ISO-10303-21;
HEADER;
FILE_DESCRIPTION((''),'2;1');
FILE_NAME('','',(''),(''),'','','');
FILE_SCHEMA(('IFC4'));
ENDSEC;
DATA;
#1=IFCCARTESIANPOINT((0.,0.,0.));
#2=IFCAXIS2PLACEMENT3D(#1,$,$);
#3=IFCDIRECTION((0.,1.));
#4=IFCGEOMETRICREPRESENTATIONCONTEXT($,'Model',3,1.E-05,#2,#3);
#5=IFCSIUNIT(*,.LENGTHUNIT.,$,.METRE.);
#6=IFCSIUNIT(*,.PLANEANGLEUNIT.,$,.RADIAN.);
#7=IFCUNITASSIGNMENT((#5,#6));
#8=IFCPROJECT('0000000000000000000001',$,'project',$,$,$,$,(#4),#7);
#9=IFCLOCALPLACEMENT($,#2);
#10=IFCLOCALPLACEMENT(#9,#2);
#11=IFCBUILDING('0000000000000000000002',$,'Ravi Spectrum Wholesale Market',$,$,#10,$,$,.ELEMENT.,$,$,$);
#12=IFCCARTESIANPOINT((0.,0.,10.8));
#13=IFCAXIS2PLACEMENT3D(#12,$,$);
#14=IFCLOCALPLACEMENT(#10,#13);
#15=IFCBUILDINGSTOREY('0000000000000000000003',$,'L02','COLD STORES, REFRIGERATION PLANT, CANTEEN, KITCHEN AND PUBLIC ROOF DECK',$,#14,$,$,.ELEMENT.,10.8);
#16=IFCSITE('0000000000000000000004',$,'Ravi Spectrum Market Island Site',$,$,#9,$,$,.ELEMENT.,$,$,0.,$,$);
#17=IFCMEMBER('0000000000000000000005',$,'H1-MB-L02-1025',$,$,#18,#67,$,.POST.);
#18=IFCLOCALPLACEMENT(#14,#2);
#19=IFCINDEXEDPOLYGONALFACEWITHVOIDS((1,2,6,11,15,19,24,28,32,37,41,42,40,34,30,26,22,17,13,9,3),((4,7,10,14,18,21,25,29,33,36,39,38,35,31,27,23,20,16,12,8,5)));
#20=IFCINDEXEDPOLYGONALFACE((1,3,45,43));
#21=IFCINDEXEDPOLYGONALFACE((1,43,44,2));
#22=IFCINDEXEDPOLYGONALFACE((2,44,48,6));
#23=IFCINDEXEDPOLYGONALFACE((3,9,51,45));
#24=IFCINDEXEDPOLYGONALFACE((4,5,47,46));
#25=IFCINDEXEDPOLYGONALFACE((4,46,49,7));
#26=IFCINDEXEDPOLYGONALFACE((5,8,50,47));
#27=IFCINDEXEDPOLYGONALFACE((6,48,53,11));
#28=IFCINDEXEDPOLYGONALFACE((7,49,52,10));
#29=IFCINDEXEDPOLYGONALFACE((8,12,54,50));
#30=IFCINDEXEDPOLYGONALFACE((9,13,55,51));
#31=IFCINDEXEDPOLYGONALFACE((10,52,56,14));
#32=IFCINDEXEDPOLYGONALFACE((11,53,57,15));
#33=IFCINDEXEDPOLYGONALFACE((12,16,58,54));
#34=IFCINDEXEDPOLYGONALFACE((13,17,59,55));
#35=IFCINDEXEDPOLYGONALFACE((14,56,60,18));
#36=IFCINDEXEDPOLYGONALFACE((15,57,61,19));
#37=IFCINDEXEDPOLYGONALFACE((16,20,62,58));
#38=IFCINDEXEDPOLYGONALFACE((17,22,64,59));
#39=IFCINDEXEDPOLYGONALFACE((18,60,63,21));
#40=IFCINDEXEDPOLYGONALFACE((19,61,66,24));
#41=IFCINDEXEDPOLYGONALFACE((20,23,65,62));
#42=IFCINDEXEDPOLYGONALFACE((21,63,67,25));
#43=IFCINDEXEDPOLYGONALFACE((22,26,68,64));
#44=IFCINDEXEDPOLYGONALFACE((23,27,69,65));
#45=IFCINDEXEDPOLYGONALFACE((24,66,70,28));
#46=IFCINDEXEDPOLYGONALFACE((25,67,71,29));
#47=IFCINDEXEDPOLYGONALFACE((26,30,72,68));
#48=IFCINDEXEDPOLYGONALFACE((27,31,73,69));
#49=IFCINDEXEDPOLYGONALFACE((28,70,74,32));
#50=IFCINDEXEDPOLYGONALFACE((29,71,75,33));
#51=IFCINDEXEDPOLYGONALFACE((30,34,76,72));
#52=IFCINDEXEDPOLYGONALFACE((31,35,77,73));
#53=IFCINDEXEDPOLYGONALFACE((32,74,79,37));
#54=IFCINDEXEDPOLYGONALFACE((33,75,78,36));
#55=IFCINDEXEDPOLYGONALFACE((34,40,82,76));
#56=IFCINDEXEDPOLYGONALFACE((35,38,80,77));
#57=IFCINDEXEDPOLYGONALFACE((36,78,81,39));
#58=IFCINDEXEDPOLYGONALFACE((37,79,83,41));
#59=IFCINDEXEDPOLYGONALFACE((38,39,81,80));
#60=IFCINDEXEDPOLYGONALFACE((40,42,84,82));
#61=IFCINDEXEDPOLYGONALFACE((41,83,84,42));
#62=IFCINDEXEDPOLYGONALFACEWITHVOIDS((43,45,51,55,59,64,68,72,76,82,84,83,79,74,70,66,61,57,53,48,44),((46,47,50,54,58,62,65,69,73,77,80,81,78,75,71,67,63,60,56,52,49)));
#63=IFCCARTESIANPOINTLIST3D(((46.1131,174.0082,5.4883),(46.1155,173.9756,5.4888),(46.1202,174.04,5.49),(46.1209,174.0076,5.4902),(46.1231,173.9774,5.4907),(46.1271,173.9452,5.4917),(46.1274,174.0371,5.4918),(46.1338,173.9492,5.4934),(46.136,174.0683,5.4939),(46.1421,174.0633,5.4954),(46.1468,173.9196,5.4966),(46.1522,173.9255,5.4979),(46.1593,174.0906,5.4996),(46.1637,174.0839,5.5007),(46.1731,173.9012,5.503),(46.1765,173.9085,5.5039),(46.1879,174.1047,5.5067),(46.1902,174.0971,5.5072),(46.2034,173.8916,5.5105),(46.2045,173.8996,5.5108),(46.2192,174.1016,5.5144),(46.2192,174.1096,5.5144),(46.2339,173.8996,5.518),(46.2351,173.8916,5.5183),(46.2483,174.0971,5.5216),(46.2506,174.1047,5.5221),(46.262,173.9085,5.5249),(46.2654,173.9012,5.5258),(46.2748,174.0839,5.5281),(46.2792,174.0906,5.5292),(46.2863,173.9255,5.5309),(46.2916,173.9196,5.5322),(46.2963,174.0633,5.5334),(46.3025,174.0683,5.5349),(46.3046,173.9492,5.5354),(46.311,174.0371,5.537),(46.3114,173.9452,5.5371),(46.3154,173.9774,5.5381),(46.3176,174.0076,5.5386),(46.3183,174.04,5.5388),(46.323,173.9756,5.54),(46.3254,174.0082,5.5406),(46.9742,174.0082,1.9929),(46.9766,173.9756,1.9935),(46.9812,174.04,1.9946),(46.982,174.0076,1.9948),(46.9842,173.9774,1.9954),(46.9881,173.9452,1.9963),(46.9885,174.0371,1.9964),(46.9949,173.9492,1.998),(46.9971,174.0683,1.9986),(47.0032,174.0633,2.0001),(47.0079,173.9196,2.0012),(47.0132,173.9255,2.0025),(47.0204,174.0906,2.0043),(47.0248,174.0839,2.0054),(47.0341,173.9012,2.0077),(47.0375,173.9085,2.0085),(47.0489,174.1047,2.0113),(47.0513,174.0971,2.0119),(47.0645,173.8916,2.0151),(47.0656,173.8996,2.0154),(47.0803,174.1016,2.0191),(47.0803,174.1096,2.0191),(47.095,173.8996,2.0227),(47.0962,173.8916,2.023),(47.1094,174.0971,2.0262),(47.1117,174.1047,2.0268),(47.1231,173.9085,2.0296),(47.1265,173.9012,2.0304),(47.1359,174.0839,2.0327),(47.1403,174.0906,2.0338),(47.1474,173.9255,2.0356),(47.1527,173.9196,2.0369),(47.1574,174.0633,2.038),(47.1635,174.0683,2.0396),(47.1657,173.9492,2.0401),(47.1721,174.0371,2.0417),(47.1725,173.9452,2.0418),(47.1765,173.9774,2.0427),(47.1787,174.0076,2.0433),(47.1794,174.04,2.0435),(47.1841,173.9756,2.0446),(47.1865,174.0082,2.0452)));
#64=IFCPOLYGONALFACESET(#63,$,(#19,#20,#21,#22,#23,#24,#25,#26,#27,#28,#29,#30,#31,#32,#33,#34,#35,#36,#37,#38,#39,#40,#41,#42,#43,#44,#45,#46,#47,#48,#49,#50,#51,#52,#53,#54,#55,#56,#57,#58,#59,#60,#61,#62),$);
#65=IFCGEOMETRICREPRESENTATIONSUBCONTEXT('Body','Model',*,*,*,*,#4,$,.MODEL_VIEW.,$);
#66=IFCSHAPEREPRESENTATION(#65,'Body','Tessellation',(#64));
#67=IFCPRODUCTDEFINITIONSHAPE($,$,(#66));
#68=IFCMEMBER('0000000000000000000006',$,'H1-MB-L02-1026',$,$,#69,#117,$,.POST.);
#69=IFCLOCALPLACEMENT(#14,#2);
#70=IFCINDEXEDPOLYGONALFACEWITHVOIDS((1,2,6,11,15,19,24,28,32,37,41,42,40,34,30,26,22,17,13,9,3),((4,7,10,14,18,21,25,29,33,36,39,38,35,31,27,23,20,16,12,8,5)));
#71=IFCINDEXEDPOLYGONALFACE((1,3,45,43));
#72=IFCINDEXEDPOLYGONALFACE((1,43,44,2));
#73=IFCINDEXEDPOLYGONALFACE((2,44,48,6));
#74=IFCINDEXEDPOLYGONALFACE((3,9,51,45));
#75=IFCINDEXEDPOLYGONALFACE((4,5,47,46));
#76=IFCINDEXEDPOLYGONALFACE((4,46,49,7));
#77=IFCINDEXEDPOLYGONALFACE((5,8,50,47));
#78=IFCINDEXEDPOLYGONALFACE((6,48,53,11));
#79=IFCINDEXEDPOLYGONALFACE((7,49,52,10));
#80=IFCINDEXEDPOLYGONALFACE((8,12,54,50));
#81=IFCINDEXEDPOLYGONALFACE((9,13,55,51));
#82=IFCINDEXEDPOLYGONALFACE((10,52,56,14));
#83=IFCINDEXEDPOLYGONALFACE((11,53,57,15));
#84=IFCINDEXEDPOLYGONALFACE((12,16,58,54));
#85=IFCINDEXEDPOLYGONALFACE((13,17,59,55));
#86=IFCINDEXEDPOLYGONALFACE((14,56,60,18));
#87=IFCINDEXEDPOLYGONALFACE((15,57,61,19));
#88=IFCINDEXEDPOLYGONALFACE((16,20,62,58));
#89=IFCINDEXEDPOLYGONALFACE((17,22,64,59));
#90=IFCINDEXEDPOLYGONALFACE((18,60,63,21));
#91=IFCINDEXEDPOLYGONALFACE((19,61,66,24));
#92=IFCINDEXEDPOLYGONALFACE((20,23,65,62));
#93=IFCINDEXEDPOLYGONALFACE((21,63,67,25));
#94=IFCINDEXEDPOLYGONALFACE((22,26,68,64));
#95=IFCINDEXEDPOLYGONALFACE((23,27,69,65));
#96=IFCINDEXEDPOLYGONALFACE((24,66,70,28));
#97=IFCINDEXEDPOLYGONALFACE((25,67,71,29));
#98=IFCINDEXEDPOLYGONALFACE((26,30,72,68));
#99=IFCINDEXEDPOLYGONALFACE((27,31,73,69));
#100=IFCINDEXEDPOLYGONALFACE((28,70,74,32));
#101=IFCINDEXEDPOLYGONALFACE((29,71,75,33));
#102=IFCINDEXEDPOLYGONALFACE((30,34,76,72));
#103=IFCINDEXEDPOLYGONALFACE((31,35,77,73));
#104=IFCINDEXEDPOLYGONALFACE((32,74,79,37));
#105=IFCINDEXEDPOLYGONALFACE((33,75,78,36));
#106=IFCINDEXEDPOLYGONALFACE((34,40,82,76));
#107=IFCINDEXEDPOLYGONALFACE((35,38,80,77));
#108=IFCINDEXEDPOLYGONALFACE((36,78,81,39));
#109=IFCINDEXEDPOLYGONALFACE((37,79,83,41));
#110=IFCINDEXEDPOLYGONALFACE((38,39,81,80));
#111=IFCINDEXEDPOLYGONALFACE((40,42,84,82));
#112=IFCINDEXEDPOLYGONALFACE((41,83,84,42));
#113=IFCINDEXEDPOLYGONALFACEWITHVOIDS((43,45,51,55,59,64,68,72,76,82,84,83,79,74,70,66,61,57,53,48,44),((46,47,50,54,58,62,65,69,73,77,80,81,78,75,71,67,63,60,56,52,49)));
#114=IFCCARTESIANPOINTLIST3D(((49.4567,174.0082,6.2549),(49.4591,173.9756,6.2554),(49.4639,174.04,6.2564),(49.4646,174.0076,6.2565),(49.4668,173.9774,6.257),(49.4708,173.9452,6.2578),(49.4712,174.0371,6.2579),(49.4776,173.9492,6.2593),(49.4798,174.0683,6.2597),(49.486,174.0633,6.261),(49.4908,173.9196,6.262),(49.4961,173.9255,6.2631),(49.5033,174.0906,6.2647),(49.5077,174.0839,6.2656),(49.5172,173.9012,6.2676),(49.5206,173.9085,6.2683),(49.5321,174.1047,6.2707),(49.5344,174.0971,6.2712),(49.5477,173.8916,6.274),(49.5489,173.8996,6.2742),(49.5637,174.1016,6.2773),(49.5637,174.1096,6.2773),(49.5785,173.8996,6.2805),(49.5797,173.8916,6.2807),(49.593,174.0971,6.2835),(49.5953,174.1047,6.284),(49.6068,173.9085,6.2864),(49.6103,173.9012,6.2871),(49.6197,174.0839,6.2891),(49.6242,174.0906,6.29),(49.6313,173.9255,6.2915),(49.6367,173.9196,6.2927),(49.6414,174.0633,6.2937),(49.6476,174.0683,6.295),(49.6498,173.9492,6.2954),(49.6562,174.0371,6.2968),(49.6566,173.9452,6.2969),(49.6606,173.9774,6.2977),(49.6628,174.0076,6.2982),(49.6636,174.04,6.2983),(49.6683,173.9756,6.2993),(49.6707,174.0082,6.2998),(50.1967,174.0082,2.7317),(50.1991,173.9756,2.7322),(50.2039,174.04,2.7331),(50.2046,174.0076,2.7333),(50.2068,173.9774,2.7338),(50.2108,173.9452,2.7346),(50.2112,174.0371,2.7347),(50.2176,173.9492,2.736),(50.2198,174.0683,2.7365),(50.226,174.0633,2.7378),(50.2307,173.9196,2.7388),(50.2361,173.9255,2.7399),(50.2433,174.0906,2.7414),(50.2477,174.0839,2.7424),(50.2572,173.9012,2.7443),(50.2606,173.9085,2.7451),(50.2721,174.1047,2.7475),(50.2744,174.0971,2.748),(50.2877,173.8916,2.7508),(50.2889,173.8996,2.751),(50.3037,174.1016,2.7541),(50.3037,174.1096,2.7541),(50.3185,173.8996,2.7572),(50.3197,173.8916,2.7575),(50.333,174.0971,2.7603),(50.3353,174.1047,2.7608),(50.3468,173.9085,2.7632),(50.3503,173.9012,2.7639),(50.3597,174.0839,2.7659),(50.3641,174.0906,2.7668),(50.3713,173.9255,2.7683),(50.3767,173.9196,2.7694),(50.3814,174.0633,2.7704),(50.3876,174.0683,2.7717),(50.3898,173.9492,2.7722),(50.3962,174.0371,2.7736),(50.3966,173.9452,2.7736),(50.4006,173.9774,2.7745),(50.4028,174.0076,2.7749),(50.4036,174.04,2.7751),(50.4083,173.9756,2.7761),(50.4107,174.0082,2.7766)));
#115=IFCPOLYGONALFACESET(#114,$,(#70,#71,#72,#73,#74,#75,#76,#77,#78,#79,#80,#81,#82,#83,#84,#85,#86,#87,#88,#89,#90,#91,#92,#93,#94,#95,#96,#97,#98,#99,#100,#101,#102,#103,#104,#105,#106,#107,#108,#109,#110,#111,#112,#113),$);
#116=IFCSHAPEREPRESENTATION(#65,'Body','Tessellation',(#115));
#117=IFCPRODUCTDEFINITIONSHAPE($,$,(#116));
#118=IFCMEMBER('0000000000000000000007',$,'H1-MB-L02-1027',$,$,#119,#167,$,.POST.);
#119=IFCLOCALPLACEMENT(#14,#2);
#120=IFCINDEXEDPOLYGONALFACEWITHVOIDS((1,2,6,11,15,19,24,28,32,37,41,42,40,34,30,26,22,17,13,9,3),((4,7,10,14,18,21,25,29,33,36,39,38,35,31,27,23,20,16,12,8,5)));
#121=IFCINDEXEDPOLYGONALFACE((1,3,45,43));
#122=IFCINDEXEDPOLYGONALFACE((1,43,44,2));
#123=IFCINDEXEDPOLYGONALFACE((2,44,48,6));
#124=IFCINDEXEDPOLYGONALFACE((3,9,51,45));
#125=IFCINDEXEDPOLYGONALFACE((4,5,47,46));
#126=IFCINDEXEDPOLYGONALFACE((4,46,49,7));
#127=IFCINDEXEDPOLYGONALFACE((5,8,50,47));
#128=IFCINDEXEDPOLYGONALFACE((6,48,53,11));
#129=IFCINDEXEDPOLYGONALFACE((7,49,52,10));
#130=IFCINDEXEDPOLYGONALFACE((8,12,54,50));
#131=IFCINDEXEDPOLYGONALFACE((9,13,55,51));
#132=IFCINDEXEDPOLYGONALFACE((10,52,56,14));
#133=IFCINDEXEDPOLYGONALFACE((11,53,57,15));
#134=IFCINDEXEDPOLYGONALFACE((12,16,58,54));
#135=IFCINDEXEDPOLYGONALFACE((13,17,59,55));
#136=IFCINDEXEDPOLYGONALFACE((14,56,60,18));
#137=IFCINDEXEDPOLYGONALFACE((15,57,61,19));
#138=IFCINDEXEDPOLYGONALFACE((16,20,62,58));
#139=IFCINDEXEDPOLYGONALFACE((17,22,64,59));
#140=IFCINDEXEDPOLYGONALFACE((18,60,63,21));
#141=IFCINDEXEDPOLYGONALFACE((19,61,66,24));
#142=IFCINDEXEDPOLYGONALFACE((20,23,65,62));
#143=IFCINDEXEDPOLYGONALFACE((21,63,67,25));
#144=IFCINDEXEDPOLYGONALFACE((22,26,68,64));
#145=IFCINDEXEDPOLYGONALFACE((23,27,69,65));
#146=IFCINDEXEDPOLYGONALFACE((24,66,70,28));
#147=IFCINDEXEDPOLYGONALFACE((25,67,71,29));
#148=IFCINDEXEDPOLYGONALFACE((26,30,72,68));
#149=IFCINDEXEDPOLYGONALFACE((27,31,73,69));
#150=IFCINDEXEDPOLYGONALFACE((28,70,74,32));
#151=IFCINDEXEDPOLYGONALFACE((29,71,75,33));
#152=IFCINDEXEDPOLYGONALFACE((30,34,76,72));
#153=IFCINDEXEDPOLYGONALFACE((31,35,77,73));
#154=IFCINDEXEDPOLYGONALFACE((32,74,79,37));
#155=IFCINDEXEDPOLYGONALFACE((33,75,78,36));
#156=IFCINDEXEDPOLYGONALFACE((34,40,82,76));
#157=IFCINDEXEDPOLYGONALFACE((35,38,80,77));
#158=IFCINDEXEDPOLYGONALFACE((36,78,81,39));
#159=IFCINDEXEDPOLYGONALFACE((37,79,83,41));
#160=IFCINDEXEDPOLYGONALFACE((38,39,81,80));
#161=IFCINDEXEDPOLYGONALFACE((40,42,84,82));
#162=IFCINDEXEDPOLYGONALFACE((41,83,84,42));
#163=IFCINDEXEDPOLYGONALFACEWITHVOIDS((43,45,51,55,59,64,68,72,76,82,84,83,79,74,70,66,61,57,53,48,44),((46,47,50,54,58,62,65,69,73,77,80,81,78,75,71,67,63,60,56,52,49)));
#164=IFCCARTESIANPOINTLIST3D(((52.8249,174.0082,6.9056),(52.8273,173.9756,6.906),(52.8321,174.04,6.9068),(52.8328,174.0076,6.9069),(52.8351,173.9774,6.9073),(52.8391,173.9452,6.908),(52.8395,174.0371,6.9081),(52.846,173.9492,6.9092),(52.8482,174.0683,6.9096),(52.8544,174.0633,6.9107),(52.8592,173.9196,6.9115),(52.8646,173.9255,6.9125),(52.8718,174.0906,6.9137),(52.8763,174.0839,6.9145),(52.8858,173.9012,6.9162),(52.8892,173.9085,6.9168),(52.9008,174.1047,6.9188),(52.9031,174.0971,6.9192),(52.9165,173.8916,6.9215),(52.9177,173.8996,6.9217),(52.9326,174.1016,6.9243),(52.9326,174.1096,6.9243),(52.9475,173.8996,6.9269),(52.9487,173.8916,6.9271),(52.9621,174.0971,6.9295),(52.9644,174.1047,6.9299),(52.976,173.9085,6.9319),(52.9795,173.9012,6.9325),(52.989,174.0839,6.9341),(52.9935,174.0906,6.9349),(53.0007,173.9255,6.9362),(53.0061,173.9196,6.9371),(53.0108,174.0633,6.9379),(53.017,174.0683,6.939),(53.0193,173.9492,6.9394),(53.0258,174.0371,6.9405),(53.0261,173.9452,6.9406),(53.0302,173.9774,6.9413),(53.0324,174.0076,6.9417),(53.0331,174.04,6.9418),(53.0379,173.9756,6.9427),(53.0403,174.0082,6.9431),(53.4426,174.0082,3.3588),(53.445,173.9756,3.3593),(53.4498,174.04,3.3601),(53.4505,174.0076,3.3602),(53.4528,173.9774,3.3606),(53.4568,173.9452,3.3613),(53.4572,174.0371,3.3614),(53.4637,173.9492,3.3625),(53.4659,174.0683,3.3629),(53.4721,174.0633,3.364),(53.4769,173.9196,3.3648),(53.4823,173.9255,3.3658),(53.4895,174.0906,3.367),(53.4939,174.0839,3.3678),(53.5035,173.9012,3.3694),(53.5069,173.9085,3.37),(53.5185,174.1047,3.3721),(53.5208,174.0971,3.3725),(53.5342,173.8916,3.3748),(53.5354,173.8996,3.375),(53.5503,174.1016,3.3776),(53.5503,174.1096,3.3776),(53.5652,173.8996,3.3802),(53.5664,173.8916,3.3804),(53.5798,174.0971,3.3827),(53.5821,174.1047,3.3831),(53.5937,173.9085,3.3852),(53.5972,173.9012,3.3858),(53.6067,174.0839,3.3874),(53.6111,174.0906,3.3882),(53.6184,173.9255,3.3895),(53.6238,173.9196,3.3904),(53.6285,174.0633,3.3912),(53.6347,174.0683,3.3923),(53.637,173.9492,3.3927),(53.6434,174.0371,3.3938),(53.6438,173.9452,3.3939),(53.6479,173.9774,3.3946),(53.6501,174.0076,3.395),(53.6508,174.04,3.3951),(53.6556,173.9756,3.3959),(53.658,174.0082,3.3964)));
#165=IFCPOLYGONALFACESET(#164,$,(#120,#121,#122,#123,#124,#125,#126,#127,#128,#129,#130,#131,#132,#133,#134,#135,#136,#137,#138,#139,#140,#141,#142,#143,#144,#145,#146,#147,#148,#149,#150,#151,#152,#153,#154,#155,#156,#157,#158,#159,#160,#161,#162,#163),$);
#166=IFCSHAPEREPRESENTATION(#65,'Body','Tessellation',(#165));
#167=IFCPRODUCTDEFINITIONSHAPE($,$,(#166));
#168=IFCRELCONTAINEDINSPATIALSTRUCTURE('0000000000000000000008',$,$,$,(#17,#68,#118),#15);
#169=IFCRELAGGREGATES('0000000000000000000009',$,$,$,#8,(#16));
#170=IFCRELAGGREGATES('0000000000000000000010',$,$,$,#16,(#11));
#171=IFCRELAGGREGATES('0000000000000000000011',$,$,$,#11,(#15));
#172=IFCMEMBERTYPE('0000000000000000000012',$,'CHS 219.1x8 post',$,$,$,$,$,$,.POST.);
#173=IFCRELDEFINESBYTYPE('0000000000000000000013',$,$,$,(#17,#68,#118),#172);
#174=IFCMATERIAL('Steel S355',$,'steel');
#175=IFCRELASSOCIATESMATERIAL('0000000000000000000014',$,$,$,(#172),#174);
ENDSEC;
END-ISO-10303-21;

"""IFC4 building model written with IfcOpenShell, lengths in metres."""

from ifc_helpers import new_model, si_unit, direction, frame, origin, origin_2d, place, context, subcontext, project, spatial, hollow_circle, extrude, material, material_profile, profile_set, type_object, element, save


model = new_model("IFC4")

# Units and contexts
model_context = context("Model", 3, precision=1e-05, world=origin(), true_north=direction((0.0, 1.0)))
body_context = subcontext(model_context, "Body", "Model", "MODEL_VIEW")
ifc_project = project(units=[si_unit("LENGTHUNIT", "METRE"), si_unit("PLANEANGLEUNIT", "RADIAN")], contexts=[model_context])

# Site, building, storey
site_placement = place(None, origin())
site = spatial("IfcSite", under=ifc_project, at=site_placement, Name="Ravi Spectrum Market Island Site", CompositionType="ELEMENT", RefElevation=0.0)
building_placement = place(site_placement, origin())
building = spatial("IfcBuilding", under=site, at=building_placement, Name="Ravi Spectrum Wholesale Market", CompositionType="ELEMENT")
storey_placement = place(building_placement, frame((0.0, 0.0, 10.8)))
storey = spatial("IfcBuildingStorey", under=building, at=storey_placement, Name="L02", Description="COLD STORES, REFRIGERATION PLANT, CANTEEN, KITCHEN AND PUBLIC ROOF DECK", CompositionType="ELEMENT", Elevation=10.8)

# Members
ifc_material_1 = material(Name="Steel S355", Category="steel")
ifc_material_profile_1 = material_profile(ifc_material_1, hollow_circle(Radius=0.1096, WallThickness=0.0081, at=origin_2d()))
ifc_profile_set_1 = profile_set([ifc_material_profile_1], Name="Steel S355")
member_type_1 = type_object("IfcMemberType", Name="CHS 219.1x8 post", PredefinedType="POST", material=ifc_profile_set_1)
member_1_placement = place(storey_placement, frame((46.2192, 174.0, 5.5144), z_axis=(0.239199, 0.0, -0.970971), x_axis=(0.0, 1.0, 0.0)))
element("IfcMember", 1, at=member_1_placement, inside=storey, type_object=member_type_1, Name="H1-MB-L02-1025", PredefinedType="POST", context=body_context, shape_type="SweptSolid", body=[
    extrude(hollow_circle(Radius=0.1096, WallThickness=0.0081, at=origin_2d()), origin(), (0.0, 0.0, 1.0), 3.5999),
])
for number, where, z_axis, x_axis, name in (
    (2, (49.5637, 174.0, 6.2773), (0.205549, 0.0, -0.978647), (0.0, 1.0, 0.0), "H1-MB-L02-1026"),
    (3, (52.9326, 174.0, 6.9243), (0.171576, 0.0, -0.985171), (0.0, 1.0, 0.0), "H1-MB-L02-1027"),
):
    element("IfcMember", number, at=place(storey_placement, frame(where, z_axis=z_axis, x_axis=x_axis)), inside=storey, type_object=member_type_1, Name=name, PredefinedType="POST", context=body_context, shape_type="SweptSolid", body=[
        extrude(hollow_circle(Radius=0.1096, WallThickness=0.0081, at=origin_2d()), origin(), (0.0, 0.0, 1.0), 3.6001),
    ])

save(model, "model.ifc")
